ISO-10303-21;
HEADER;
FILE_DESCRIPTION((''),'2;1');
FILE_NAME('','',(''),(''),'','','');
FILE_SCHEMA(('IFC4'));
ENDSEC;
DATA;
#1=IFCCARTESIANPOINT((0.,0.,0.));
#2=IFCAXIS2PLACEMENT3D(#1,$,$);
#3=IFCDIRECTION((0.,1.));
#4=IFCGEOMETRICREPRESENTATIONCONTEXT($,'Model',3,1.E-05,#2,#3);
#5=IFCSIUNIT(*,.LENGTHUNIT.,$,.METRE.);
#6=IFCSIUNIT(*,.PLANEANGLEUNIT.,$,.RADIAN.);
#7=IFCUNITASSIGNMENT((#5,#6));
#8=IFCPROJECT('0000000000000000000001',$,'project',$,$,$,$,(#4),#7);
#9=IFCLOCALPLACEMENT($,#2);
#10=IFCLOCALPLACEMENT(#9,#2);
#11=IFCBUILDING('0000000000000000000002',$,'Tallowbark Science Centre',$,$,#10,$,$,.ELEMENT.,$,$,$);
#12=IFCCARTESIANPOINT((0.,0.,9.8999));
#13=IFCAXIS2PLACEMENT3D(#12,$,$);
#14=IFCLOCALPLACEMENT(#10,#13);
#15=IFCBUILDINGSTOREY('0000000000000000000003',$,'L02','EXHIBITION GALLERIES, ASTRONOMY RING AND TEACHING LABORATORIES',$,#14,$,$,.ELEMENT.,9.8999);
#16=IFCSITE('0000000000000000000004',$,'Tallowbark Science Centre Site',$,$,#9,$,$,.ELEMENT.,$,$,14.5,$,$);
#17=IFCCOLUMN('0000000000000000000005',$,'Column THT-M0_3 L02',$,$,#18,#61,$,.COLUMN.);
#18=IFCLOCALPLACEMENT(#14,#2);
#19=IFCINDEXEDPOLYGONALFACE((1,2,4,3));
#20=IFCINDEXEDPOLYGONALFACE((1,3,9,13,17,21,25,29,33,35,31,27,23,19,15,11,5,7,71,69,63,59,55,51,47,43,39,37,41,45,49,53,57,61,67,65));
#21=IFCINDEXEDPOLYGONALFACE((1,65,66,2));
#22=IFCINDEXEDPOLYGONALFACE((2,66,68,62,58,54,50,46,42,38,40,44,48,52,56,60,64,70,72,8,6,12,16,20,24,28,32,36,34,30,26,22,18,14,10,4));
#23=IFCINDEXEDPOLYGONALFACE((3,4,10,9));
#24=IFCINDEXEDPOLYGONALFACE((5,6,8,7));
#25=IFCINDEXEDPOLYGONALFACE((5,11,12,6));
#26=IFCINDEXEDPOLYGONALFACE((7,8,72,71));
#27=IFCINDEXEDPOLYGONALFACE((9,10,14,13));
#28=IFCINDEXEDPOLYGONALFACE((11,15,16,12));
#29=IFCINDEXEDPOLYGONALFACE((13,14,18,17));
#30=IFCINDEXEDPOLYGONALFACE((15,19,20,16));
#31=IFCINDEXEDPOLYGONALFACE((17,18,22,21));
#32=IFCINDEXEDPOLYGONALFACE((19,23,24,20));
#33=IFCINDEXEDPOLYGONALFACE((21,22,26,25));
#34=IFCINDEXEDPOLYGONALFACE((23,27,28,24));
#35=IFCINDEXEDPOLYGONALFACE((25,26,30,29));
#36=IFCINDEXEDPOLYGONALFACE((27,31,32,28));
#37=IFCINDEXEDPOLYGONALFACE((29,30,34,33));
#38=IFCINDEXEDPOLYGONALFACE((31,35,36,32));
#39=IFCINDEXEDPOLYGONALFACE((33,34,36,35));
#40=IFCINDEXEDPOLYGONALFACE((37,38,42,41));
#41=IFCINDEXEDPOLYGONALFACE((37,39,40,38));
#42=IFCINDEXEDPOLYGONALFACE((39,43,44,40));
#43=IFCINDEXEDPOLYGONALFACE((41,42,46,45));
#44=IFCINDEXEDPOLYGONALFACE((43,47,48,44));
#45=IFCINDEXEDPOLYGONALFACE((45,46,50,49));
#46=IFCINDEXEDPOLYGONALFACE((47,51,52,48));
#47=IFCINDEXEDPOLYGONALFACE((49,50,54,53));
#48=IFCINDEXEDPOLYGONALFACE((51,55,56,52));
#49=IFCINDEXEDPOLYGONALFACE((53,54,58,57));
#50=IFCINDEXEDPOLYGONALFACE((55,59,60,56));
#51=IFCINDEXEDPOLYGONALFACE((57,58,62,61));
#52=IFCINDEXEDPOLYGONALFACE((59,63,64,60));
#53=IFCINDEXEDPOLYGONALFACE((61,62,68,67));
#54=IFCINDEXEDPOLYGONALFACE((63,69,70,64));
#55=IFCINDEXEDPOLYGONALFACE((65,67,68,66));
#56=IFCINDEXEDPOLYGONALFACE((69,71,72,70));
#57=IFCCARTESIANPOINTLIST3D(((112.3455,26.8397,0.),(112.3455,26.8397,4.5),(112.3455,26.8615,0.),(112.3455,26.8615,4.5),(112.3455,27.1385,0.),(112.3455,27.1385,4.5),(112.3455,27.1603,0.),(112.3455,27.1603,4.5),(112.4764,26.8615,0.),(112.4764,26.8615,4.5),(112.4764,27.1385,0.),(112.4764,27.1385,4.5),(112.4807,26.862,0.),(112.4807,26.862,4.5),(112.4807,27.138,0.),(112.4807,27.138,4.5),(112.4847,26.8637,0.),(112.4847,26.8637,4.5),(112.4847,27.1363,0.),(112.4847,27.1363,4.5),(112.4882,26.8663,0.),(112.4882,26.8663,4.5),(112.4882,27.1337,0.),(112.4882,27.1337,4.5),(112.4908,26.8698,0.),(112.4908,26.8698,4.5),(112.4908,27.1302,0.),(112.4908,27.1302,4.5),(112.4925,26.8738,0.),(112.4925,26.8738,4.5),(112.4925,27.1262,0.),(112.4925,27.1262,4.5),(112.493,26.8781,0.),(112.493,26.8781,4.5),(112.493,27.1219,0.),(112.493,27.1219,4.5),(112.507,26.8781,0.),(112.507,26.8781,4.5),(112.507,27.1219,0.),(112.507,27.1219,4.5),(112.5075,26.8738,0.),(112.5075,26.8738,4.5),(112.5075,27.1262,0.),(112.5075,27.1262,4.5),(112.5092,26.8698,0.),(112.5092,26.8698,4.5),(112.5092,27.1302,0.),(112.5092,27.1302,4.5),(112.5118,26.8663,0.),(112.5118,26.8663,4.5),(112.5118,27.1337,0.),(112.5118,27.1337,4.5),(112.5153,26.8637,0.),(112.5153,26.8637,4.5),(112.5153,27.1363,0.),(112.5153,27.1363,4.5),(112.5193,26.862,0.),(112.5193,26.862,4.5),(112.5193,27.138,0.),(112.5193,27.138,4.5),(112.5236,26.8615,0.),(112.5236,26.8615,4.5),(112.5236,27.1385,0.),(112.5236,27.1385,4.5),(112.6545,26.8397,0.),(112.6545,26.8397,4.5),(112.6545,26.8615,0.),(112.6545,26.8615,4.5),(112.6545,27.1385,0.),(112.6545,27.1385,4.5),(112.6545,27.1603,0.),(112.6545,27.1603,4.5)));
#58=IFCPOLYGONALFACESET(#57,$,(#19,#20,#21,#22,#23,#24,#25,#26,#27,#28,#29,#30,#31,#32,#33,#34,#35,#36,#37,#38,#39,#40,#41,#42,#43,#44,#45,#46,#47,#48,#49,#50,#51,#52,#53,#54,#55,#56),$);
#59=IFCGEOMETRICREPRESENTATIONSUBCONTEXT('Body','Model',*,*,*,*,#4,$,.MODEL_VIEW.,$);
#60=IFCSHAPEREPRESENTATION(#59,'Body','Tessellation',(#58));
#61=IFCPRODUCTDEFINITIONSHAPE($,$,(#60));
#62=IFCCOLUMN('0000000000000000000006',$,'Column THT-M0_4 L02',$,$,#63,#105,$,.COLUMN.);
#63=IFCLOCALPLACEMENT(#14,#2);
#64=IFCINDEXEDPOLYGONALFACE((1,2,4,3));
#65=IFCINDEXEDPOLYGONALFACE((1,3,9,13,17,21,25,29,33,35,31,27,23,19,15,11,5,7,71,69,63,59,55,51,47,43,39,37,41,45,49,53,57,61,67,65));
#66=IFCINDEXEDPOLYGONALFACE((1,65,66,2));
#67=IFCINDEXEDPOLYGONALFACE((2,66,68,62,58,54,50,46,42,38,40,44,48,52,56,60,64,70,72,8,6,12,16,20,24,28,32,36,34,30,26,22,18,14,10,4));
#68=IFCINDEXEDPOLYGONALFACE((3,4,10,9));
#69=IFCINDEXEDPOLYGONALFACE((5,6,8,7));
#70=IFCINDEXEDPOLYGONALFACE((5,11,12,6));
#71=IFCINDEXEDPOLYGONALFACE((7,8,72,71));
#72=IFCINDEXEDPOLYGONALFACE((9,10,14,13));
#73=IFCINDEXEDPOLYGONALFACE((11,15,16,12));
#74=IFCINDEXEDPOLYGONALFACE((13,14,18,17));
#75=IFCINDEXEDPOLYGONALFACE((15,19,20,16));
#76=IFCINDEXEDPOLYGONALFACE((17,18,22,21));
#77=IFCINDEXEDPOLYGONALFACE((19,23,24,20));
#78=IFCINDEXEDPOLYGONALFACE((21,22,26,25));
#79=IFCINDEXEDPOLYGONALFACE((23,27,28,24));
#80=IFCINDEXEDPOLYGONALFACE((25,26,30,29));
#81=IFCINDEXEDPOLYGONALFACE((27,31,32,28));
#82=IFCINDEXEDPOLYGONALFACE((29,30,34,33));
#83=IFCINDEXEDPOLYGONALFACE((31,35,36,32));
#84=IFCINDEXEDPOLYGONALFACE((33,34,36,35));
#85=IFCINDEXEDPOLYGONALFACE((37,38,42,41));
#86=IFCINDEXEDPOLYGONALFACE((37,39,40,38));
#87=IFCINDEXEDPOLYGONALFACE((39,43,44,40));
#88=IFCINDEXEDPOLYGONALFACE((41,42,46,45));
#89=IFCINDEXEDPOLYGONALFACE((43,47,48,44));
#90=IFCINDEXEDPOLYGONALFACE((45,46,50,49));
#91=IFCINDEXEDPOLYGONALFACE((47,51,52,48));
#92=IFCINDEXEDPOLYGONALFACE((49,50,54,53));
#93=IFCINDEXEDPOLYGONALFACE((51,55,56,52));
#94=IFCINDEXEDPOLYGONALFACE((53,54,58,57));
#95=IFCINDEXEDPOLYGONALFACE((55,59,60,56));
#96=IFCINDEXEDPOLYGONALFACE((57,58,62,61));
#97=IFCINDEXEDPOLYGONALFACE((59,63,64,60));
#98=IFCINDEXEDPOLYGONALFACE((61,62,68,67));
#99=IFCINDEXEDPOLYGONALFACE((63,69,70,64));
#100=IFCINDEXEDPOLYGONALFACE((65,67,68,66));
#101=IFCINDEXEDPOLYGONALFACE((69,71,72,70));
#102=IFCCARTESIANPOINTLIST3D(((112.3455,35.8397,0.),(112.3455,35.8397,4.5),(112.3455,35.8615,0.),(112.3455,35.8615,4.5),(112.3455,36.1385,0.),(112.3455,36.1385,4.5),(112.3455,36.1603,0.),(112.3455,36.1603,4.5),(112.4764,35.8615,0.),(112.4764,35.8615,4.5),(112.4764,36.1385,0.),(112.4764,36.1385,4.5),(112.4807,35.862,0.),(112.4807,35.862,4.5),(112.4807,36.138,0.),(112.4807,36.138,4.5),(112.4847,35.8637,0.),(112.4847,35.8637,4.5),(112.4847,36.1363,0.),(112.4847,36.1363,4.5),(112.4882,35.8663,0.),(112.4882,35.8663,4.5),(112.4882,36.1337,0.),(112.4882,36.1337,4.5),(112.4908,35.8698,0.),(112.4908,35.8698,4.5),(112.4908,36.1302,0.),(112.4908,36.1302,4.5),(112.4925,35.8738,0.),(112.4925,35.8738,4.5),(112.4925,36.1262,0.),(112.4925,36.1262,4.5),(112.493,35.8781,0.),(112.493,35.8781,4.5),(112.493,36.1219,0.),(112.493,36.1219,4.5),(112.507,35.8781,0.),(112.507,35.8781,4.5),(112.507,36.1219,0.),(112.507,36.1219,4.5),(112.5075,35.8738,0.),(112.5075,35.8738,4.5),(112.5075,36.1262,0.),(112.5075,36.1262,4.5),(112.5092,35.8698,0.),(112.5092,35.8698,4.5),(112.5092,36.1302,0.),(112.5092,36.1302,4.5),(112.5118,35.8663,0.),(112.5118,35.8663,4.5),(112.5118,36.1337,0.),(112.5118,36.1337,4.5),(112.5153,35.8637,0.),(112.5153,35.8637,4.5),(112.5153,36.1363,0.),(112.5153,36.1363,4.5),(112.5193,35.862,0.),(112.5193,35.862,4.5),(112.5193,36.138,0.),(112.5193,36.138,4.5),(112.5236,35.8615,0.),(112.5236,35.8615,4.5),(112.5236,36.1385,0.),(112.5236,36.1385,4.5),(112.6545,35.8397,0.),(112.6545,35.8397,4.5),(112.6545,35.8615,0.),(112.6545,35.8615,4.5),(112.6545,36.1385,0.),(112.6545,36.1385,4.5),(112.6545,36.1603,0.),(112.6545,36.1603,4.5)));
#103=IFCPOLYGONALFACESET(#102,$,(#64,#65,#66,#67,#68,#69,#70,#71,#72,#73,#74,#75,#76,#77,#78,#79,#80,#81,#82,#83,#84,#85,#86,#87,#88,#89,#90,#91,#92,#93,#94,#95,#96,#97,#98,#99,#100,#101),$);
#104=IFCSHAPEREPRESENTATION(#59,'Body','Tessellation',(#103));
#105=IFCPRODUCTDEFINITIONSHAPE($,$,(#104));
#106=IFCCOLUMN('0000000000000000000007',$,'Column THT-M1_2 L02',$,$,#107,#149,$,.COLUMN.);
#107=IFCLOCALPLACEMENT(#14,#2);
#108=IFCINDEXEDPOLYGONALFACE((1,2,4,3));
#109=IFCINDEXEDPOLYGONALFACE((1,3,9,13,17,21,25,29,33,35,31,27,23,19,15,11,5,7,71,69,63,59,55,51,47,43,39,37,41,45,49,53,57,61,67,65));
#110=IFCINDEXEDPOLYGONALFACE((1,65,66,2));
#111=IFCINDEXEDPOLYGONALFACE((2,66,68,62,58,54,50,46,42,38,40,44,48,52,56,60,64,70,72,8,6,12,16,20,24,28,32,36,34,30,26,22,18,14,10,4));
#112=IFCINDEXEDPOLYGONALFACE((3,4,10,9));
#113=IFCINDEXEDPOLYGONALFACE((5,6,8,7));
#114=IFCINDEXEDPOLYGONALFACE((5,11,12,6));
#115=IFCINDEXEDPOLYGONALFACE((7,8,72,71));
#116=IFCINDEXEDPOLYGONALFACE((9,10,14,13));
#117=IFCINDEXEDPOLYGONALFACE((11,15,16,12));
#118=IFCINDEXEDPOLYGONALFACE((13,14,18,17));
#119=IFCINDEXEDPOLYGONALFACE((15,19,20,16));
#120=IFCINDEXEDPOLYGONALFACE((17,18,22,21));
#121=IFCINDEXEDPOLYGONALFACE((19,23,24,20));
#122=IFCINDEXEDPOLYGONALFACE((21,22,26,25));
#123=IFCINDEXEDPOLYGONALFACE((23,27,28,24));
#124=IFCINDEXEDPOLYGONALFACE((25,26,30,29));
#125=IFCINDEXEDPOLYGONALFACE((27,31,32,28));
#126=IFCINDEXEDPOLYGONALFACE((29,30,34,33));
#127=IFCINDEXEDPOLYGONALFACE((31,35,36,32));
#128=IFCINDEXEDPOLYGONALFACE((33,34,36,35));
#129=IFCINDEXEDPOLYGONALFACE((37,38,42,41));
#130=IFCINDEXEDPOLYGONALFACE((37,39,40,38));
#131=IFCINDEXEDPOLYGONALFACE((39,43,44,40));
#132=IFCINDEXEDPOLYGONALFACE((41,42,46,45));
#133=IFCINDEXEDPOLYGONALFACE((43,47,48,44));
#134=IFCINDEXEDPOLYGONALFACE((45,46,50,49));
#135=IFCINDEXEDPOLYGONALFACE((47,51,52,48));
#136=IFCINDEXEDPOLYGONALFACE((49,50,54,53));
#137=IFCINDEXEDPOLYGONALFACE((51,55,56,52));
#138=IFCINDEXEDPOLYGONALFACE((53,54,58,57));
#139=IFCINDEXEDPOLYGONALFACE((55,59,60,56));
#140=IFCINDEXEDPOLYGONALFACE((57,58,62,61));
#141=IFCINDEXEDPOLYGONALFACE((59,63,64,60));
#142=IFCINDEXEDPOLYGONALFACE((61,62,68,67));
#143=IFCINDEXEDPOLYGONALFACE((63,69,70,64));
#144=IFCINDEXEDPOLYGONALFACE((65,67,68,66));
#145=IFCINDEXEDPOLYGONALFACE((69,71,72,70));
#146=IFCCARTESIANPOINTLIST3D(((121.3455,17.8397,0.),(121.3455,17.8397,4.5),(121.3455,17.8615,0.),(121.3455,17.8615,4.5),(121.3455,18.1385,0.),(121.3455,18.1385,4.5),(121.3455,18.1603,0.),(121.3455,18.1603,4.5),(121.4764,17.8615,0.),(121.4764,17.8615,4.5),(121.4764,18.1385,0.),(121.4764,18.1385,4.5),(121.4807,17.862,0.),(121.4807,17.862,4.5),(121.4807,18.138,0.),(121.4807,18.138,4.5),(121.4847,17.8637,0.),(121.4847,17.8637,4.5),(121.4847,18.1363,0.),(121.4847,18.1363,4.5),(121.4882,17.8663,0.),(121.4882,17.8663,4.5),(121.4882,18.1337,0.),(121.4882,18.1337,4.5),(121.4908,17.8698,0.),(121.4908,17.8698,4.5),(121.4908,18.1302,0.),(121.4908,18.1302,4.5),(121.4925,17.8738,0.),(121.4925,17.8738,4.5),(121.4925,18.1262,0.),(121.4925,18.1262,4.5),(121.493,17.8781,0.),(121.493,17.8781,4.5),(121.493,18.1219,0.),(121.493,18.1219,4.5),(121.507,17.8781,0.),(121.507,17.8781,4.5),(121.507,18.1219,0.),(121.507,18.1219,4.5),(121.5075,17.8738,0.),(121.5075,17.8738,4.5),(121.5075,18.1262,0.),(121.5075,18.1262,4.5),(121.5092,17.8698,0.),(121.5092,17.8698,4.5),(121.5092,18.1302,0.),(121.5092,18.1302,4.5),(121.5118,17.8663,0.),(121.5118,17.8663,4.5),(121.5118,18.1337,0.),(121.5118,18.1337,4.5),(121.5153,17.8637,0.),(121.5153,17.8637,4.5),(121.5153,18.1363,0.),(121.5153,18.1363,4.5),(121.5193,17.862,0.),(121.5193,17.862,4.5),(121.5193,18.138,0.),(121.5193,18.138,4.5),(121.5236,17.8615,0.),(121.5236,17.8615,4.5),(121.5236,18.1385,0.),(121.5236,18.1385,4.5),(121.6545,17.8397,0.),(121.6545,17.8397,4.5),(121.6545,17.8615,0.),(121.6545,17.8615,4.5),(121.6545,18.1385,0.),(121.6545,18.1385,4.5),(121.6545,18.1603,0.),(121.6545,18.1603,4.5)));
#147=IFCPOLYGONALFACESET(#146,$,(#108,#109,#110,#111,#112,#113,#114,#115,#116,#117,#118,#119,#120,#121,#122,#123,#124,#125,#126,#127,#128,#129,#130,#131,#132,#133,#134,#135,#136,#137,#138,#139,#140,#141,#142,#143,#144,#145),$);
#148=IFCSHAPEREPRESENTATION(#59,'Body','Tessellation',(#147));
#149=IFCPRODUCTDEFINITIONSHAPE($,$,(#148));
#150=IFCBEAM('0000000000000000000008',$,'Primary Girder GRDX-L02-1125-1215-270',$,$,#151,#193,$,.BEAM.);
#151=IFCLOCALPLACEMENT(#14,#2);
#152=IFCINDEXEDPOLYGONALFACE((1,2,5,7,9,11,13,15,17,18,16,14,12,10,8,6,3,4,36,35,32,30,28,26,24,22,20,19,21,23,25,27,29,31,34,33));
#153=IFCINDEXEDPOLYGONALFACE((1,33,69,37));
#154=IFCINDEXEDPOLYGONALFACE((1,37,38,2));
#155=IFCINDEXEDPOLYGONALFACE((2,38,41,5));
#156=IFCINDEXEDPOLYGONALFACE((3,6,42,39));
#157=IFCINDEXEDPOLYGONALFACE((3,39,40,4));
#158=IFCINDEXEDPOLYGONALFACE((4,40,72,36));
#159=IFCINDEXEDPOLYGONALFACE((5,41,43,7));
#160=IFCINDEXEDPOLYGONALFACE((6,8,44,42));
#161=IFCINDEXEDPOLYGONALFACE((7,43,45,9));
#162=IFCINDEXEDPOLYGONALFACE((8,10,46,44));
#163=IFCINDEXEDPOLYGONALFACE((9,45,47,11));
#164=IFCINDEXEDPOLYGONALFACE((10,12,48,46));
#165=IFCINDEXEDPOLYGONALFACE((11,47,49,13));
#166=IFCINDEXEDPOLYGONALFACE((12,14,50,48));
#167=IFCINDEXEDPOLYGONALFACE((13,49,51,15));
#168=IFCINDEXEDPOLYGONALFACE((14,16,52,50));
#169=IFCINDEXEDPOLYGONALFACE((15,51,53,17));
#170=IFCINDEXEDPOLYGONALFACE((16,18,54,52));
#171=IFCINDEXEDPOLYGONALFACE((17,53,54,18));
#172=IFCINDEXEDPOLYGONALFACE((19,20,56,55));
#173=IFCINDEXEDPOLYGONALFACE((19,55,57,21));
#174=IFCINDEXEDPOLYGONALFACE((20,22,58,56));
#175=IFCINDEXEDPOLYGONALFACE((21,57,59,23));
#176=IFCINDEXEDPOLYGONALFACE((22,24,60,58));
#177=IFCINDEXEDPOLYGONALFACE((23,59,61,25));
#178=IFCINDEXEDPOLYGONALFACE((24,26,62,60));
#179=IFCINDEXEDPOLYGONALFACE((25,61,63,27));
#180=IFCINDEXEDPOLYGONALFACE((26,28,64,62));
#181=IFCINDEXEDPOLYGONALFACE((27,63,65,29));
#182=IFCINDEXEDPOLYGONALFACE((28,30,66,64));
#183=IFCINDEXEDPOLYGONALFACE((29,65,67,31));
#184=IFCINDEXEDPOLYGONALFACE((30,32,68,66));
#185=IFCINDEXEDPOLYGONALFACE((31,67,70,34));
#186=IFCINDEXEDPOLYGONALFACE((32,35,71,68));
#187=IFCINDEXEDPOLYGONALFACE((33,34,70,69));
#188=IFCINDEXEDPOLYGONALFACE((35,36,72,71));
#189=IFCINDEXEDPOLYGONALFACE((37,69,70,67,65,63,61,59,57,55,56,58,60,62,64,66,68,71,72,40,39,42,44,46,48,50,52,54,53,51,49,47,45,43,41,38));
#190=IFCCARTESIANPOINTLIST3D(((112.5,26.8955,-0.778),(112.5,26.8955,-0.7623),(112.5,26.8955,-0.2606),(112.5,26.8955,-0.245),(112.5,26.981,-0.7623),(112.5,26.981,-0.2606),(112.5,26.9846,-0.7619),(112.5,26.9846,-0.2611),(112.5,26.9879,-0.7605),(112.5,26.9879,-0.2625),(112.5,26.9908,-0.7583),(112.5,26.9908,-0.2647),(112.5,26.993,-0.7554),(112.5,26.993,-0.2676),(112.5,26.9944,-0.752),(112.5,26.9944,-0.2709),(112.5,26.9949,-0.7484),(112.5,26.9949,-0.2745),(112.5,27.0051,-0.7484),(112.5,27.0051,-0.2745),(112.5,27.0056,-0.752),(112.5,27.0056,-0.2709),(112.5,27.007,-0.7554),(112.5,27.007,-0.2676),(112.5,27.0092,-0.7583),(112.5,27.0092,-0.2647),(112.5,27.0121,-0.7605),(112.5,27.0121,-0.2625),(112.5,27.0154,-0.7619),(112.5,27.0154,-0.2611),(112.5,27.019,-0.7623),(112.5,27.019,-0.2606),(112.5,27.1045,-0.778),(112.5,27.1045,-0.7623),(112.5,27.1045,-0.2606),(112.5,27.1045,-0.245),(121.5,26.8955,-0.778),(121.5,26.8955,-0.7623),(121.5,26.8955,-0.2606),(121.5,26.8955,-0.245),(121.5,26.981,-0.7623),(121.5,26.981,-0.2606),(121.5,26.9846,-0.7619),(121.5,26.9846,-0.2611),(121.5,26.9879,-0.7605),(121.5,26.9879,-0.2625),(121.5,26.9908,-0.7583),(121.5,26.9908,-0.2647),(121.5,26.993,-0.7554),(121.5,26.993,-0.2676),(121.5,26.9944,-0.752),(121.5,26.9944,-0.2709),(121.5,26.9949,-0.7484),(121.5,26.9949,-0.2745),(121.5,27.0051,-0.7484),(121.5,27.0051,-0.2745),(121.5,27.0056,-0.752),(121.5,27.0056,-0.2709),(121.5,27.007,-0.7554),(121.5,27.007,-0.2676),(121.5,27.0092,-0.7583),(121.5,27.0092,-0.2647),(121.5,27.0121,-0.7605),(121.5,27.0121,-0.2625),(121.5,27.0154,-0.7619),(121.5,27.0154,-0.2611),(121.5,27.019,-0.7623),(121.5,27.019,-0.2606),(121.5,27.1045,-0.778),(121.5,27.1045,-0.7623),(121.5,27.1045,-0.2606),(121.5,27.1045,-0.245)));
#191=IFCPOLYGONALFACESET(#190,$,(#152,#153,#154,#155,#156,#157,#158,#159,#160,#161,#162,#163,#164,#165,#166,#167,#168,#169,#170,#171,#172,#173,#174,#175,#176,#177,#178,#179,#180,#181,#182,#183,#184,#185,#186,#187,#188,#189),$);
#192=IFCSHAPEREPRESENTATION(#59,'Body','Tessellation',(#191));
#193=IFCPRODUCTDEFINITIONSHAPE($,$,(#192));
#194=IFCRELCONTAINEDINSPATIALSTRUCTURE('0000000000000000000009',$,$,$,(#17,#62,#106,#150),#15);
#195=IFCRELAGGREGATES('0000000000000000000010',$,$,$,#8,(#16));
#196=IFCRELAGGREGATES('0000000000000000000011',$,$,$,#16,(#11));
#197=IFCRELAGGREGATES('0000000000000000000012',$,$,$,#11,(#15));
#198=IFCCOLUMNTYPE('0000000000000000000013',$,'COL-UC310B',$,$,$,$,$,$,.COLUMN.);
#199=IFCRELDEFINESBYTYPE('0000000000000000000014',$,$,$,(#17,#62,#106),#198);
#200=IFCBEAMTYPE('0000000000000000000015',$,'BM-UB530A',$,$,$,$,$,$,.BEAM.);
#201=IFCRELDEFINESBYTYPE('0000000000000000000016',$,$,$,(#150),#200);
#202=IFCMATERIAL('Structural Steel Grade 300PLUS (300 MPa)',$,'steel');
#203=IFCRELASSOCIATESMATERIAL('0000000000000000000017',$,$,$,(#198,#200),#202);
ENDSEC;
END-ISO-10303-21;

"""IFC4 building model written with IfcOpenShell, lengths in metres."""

from ifc_helpers import new_model, si_unit, direction, frame, origin, origin_2d, place, context, subcontext, project, spatial, i_section, extrude, material, material_profile, profile_set, type_object, element, save


model = new_model("IFC4")

# Units and contexts
model_context = context("Model", 3, precision=1e-05, world=origin(), true_north=direction((0.0, 1.0)))
body_context = subcontext(model_context, "Body", "Model", "MODEL_VIEW")
ifc_project = project(units=[si_unit("LENGTHUNIT", "METRE"), si_unit("PLANEANGLEUNIT", "RADIAN")], contexts=[model_context])

# Site, building, storey
site_placement = place(None, origin())
site = spatial("IfcSite", under=ifc_project, at=site_placement, Name="Tallowbark Science Centre Site", CompositionType="ELEMENT", RefElevation=14.5)
building_placement = place(site_placement, origin())
building = spatial("IfcBuilding", under=site, at=building_placement, Name="Tallowbark Science Centre", CompositionType="ELEMENT")
storey_placement = place(building_placement, frame((0.0, 0.0, 9.8999)))
storey = spatial("IfcBuildingStorey", under=building, at=storey_placement, Name="L02", Description="EXHIBITION GALLERIES, ASTRONOMY RING AND TEACHING LABORATORIES", CompositionType="ELEMENT", Elevation=9.8999)

# Columns
ifc_material_1 = material(Name="Structural Steel Grade 300PLUS (300 MPa)", Category="steel")
ifc_material_profile_1 = material_profile(ifc_material_1, i_section(OverallWidth=0.3091, OverallDepth=0.3206, WebThickness=0.0139, FlangeThickness=0.0217, FilletRadius=0.0166, at=origin_2d()), Name="310UC137")
ifc_profile_set_1 = profile_set([ifc_material_profile_1], Name="Structural Steel Grade 300PLUS (300 MPa)")
column_type = type_object("IfcColumnType", Name="COL-UC310B", PredefinedType="COLUMN", material=ifc_profile_set_1)
for number, where, z_axis, x_axis, name in (
    (1, (112.5, 27.0, 0.0), (0.0, 0.0, 1.0), (1.0, 0.0, 0.0), "Column THT-M0_3 L02"),
    (2, (112.5, 36.0, 0.0), (0.0, 0.0, 1.0), (1.0, 0.0, 0.0), "Column THT-M0_4 L02"),
    (3, (121.5, 18.0, 0.0), (0.0, 0.0, 1.0), (1.0, 0.0, 0.0), "Column THT-M1_2 L02"),
):
    element("IfcColumn", number, at=place(storey_placement, frame(where, z_axis=z_axis, x_axis=x_axis)), inside=storey, type_object=column_type, Name=name, PredefinedType="COLUMN", context=body_context, shape_type="SweptSolid", body=[
        extrude(i_section(OverallWidth=0.3091, OverallDepth=0.3206, WebThickness=0.0139, FlangeThickness=0.0217, FilletRadius=0.0166, at=origin_2d()), origin(), (0.0, 0.0, 1.0), 4.5),
    ])

# Beam
ifc_material_profile_2 = material_profile(ifc_material_1, i_section(OverallWidth=0.209, OverallDepth=0.533, WebThickness=0.0103, FlangeThickness=0.0156, FilletRadius=0.0139, at=origin_2d()), Name="530UB92.4")
ifc_profile_set_2 = profile_set([ifc_material_profile_2], Name="Structural Steel Grade 300PLUS (300 MPa)")
beam_type_1 = type_object("IfcBeamType", Name="BM-UB530A", PredefinedType="BEAM", material=ifc_profile_set_2)
beam_1_placement = place(storey_placement, frame((112.5, 27.0, -0.5115), z_axis=(1.0, 0.0, 0.0), x_axis=(0.0, 1.0, 0.0)))
element("IfcBeam", 4, at=beam_1_placement, inside=storey, type_object=beam_type_1, Name="Primary Girder GRDX-L02-1125-1215-270", PredefinedType="BEAM", context=body_context, shape_type="SweptSolid", body=[
    extrude(i_section(OverallWidth=0.209, OverallDepth=0.533, WebThickness=0.0103, FlangeThickness=0.0156, FilletRadius=0.0139, at=origin_2d()), origin(), (0.0, 0.0, 1.0), 9.0),
])

save(model, "model.ifc")
